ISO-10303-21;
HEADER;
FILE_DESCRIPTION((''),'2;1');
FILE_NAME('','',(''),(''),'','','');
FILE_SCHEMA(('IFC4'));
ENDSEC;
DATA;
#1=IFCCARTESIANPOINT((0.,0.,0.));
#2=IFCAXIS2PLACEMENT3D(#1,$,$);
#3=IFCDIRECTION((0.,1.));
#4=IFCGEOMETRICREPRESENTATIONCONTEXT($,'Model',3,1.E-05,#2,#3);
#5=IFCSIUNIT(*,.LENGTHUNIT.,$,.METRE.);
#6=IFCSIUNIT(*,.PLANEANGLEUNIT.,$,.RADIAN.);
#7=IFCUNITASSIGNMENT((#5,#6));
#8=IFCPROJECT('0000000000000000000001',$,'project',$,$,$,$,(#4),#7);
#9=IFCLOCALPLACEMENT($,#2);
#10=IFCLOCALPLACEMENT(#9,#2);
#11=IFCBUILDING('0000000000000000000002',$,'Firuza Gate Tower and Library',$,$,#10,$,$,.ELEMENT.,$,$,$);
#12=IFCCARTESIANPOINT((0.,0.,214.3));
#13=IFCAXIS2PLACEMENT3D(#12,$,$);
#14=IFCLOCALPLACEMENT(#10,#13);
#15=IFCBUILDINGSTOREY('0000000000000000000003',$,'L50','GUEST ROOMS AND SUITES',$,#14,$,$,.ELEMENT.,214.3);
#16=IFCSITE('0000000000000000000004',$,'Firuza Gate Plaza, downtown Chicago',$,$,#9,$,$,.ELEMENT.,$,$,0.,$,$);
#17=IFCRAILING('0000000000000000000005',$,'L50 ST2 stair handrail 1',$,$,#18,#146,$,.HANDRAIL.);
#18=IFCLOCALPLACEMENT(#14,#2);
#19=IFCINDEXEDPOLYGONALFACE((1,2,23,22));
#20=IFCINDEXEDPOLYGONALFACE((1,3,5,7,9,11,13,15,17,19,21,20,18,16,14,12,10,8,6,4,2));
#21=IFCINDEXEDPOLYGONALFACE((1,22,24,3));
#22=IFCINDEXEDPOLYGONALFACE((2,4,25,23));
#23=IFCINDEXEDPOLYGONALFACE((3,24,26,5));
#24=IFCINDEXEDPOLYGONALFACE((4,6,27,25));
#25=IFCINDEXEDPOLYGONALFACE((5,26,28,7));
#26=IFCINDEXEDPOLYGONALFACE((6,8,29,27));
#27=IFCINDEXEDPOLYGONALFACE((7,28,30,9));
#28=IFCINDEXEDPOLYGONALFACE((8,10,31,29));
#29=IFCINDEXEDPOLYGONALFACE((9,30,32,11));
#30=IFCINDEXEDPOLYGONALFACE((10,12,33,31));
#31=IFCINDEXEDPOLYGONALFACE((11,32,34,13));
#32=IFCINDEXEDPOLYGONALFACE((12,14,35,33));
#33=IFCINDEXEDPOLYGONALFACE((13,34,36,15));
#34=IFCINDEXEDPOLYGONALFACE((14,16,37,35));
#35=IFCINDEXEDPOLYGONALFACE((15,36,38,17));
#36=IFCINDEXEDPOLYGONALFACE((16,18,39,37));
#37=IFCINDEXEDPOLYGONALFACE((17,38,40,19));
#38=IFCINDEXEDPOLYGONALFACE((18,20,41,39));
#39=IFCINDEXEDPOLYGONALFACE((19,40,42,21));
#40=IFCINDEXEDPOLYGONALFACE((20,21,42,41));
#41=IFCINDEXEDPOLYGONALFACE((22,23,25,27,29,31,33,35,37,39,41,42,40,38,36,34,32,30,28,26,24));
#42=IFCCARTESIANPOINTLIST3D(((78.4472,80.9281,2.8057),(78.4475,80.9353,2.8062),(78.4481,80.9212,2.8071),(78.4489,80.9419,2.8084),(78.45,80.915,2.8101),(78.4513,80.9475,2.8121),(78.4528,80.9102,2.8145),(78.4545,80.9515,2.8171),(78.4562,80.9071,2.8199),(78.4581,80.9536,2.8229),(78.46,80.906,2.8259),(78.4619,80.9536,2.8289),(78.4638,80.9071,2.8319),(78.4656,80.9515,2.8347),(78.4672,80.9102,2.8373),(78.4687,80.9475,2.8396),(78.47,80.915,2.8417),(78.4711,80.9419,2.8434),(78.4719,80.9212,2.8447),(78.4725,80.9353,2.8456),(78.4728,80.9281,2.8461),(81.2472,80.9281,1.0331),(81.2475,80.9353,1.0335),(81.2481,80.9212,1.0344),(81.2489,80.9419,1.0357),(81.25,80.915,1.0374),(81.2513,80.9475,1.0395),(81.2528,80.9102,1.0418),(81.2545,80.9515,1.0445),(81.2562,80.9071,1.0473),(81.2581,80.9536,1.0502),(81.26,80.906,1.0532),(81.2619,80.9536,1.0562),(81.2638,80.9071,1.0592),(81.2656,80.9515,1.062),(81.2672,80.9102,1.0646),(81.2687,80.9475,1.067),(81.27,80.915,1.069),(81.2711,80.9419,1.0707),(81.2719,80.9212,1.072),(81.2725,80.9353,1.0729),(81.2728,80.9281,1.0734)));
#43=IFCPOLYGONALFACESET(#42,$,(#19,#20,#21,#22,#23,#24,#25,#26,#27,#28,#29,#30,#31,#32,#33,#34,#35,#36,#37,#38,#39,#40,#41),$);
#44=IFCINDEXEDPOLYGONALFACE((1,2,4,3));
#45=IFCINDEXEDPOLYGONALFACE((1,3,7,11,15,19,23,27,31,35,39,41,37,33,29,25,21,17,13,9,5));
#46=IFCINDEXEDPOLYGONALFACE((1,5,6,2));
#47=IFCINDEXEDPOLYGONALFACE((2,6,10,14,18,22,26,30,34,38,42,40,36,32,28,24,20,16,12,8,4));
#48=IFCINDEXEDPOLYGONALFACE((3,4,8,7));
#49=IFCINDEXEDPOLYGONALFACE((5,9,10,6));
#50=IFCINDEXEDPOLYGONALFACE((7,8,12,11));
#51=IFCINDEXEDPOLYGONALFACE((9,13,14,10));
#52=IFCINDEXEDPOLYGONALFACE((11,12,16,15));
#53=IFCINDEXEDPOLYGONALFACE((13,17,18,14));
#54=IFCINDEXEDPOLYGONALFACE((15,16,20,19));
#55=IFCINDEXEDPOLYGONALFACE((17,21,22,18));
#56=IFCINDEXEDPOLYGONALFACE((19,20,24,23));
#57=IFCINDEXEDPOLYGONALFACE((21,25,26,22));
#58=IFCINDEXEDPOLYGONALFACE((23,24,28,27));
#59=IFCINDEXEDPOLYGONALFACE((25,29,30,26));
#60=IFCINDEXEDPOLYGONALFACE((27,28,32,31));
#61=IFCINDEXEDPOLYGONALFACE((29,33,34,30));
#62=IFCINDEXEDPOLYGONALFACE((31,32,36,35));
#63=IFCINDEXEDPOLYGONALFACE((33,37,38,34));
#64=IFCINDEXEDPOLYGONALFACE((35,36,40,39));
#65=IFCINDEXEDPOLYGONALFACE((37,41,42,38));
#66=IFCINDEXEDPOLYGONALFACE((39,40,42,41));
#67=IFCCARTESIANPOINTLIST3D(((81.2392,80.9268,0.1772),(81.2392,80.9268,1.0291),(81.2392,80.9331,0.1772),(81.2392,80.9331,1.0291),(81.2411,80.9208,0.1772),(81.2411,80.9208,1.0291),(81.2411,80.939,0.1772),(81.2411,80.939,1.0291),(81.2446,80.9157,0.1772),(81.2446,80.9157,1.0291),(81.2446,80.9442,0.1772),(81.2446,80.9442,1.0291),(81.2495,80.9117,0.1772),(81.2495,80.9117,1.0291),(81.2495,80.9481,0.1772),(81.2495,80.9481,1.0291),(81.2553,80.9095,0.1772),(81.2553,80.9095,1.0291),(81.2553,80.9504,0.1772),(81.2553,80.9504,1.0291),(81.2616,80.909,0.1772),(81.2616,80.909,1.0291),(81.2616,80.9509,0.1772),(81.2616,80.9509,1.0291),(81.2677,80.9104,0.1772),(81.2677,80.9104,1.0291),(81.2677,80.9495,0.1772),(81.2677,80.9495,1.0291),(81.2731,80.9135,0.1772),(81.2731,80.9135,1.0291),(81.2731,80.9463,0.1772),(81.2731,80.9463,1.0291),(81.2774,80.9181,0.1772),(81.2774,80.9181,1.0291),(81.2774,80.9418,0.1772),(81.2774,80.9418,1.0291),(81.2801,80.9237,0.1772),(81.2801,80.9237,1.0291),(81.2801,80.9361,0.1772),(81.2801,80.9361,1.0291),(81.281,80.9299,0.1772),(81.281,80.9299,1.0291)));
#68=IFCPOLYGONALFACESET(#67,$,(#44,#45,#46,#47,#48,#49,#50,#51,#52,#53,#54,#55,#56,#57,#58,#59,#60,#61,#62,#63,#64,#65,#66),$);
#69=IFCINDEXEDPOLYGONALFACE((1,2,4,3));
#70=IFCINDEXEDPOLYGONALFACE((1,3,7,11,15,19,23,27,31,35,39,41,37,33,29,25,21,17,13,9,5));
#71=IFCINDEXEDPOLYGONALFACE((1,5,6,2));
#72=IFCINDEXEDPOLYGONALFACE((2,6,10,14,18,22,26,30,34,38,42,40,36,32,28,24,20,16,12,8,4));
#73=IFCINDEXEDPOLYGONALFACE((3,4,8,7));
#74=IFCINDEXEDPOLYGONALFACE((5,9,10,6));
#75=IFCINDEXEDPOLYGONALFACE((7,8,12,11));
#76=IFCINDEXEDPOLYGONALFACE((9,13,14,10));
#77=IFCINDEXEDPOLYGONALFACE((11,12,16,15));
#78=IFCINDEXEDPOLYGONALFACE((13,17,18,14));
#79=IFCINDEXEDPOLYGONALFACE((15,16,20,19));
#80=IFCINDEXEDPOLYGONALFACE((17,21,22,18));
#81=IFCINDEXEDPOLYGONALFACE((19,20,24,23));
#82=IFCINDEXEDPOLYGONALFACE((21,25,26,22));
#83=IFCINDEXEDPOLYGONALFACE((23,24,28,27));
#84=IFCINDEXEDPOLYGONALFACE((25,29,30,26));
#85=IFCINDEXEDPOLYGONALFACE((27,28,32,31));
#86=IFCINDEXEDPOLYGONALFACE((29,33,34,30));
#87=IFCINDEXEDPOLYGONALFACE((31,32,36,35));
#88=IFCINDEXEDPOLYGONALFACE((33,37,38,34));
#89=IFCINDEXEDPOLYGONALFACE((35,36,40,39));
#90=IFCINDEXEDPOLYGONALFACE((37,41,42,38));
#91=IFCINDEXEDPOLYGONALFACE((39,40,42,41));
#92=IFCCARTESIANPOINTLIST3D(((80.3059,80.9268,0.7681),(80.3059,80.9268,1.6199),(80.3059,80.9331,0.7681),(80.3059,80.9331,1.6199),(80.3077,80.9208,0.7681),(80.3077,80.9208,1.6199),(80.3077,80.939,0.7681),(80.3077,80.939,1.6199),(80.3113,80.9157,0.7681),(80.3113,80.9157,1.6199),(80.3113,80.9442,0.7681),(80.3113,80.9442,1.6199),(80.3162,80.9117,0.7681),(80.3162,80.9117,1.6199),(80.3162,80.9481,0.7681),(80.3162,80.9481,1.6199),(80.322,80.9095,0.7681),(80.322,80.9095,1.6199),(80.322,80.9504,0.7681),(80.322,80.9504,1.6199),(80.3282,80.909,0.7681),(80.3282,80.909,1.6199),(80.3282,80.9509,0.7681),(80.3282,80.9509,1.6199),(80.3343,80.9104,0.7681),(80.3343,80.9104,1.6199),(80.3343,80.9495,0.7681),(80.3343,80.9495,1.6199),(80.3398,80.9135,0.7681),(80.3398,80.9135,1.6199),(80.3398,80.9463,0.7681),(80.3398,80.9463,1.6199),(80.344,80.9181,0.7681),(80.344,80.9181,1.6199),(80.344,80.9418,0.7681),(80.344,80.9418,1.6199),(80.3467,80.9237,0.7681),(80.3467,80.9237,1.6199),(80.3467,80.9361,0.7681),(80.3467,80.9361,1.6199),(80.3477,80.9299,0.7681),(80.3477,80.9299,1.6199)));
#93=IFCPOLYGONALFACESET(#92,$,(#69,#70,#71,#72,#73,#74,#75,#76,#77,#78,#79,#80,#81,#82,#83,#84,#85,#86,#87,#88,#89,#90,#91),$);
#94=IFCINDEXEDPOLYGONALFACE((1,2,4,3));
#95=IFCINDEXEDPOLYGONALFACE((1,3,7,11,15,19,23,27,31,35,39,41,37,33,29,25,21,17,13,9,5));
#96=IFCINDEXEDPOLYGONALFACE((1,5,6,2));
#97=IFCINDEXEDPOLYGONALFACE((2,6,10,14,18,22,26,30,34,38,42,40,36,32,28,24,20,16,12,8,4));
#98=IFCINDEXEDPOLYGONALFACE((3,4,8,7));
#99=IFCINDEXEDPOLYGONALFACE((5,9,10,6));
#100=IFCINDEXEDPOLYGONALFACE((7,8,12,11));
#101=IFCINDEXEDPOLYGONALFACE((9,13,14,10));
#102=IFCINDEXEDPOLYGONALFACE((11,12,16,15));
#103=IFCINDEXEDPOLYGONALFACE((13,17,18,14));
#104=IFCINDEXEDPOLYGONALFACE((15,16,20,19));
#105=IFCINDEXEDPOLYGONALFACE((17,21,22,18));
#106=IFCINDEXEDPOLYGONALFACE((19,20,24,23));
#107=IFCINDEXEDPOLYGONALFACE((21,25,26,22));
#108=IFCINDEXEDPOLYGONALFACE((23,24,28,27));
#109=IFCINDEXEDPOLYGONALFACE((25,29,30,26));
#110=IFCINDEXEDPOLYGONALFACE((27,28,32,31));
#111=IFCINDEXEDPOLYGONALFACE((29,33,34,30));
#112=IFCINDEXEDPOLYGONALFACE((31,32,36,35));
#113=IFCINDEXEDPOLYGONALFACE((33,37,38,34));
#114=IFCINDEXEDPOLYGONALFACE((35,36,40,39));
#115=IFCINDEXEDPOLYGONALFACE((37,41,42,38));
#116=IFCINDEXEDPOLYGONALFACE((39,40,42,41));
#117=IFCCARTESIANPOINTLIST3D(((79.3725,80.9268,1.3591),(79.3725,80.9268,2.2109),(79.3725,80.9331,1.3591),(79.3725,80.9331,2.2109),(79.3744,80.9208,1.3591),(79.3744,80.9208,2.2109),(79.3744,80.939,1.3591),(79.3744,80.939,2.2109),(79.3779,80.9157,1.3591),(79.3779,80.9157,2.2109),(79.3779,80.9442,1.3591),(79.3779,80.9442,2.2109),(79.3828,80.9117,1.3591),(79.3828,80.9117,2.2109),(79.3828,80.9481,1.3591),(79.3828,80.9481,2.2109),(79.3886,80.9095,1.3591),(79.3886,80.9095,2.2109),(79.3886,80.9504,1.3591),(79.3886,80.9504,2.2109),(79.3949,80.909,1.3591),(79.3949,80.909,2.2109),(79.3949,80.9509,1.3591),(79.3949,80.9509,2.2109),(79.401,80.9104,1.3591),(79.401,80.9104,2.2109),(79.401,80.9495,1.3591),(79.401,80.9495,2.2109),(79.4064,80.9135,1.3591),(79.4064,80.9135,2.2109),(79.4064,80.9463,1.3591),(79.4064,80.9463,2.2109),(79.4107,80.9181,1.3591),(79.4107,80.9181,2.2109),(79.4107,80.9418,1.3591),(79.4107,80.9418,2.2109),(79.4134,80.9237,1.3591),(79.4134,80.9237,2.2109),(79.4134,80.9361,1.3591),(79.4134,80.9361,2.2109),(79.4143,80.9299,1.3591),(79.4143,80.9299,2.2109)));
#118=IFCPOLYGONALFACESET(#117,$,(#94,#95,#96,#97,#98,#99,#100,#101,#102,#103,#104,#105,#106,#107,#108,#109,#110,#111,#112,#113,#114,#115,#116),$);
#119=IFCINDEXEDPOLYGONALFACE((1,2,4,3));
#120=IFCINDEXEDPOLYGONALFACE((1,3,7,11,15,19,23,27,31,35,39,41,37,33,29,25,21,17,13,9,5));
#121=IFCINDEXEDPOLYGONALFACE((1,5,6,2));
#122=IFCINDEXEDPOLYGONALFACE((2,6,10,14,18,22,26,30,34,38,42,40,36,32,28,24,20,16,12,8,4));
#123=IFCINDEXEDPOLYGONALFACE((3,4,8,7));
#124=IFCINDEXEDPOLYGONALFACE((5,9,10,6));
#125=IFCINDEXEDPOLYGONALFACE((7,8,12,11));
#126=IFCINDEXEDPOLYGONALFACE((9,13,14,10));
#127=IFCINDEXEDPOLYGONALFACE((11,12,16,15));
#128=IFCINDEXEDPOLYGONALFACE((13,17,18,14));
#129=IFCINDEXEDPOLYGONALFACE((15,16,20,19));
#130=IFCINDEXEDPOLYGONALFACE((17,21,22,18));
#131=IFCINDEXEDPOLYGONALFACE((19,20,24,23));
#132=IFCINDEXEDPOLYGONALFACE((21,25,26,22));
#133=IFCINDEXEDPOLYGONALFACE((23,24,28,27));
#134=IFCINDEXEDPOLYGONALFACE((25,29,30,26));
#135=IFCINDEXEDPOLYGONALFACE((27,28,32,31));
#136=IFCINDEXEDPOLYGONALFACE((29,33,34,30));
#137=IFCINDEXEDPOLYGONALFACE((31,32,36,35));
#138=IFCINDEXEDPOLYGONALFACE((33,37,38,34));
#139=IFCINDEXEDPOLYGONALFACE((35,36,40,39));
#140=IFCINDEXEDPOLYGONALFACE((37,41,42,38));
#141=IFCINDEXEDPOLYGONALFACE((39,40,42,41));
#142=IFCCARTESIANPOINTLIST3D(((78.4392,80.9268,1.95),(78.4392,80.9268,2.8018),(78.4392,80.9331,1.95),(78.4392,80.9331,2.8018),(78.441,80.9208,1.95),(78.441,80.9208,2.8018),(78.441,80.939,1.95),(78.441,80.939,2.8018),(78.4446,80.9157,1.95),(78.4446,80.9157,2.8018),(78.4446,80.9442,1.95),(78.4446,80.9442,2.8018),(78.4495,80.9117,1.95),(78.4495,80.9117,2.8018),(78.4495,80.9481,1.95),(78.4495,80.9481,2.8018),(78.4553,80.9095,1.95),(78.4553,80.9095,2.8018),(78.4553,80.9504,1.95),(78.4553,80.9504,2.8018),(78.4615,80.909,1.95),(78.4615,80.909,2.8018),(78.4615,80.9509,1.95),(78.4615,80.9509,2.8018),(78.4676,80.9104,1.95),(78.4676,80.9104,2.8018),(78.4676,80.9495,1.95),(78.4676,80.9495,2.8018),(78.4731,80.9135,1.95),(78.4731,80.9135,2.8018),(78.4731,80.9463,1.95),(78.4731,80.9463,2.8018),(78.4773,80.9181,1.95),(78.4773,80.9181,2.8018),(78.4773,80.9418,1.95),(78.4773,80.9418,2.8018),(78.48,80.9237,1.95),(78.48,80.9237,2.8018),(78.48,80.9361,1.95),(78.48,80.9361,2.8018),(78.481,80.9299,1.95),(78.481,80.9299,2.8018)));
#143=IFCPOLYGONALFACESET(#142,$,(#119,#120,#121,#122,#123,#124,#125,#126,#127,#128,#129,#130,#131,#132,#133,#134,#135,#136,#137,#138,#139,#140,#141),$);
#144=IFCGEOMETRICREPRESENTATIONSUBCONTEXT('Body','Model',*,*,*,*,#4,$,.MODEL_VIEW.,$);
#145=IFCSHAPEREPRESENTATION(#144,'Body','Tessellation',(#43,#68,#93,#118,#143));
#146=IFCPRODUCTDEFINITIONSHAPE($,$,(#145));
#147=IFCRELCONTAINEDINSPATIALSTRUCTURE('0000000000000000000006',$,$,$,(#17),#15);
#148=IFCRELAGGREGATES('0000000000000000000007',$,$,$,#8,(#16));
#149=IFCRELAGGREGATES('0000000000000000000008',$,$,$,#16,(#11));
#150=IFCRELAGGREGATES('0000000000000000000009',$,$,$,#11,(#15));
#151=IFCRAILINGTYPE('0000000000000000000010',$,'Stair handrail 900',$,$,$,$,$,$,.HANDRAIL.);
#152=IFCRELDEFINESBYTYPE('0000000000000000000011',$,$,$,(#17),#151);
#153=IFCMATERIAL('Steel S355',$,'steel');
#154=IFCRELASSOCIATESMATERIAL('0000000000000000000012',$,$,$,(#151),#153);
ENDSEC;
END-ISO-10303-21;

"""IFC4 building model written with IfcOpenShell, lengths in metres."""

from ifc_helpers import new_model, si_unit, direction, frame, origin, origin_2d, place, context, subcontext, project, spatial, circle, extrude, material, type_object, element, save


model = new_model("IFC4")

# Units and contexts
model_context = context("Model", 3, precision=1e-05, world=origin(), true_north=direction((0.0, 1.0)))
body_context = subcontext(model_context, "Body", "Model", "MODEL_VIEW")
ifc_project = project(units=[si_unit("LENGTHUNIT", "METRE"), si_unit("PLANEANGLEUNIT", "RADIAN")], contexts=[model_context])

# Site, building, storey
site_placement = place(None, origin())
site = spatial("IfcSite", under=ifc_project, at=site_placement, Name="Firuza Gate Plaza, downtown Chicago", CompositionType="ELEMENT", RefElevation=0.0)
building_placement = place(site_placement, origin())
building = spatial("IfcBuilding", under=site, at=building_placement, Name="Firuza Gate Tower and Library", CompositionType="ELEMENT")
storey_placement = place(building_placement, frame((0.0, 0.0, 214.3)))
storey = spatial("IfcBuildingStorey", under=building, at=storey_placement, Name="L50", Description="GUEST ROOMS AND SUITES", CompositionType="ELEMENT", Elevation=214.3)

# Railing
ifc_material_1 = material(Name="Steel S355", Category="steel")
railing_type_1 = type_object("IfcRailingType", Name="Stair handrail 900", PredefinedType="HANDRAIL", material=ifc_material_1)
railing_1_placement = place(storey_placement, frame((81.26, 80.9299, 0.1772)))
element("IfcRailing", 1, at=railing_1_placement, inside=storey, type_object=railing_type_1, Name="L50 ST2 stair handrail 1", PredefinedType="HANDRAIL", context=body_context, shape_type="SweptSolid", body=[
    extrude(circle(Radius=0.0239, at=origin_2d()), frame((0.0, 0.0, 0.876), z_axis=(-0.844909, 0.0, 0.53491), x_axis=(0.0, -1.0, 0.0)), (0.0, 0.0, 1.0), 3.314),
    extrude(circle(Radius=0.021, at=origin_2d()), origin(), (0.0, 0.0, 1.0), 0.8518),
    extrude(circle(Radius=0.021, at=origin_2d()), frame((-0.9333, 0.0, 0.5908)), (0.0, 0.0, 1.0), 0.8518),
    extrude(circle(Radius=0.021, at=origin_2d()), frame((-1.8667, 0.0, 1.1819)), (0.0, 0.0, 1.0), 0.8518),
    extrude(circle(Radius=0.021, at=origin_2d()), frame((-2.8, 0.0, 1.7727)), (0.0, 0.0, 1.0), 0.8518),
])

save(model, "model.ifc")
